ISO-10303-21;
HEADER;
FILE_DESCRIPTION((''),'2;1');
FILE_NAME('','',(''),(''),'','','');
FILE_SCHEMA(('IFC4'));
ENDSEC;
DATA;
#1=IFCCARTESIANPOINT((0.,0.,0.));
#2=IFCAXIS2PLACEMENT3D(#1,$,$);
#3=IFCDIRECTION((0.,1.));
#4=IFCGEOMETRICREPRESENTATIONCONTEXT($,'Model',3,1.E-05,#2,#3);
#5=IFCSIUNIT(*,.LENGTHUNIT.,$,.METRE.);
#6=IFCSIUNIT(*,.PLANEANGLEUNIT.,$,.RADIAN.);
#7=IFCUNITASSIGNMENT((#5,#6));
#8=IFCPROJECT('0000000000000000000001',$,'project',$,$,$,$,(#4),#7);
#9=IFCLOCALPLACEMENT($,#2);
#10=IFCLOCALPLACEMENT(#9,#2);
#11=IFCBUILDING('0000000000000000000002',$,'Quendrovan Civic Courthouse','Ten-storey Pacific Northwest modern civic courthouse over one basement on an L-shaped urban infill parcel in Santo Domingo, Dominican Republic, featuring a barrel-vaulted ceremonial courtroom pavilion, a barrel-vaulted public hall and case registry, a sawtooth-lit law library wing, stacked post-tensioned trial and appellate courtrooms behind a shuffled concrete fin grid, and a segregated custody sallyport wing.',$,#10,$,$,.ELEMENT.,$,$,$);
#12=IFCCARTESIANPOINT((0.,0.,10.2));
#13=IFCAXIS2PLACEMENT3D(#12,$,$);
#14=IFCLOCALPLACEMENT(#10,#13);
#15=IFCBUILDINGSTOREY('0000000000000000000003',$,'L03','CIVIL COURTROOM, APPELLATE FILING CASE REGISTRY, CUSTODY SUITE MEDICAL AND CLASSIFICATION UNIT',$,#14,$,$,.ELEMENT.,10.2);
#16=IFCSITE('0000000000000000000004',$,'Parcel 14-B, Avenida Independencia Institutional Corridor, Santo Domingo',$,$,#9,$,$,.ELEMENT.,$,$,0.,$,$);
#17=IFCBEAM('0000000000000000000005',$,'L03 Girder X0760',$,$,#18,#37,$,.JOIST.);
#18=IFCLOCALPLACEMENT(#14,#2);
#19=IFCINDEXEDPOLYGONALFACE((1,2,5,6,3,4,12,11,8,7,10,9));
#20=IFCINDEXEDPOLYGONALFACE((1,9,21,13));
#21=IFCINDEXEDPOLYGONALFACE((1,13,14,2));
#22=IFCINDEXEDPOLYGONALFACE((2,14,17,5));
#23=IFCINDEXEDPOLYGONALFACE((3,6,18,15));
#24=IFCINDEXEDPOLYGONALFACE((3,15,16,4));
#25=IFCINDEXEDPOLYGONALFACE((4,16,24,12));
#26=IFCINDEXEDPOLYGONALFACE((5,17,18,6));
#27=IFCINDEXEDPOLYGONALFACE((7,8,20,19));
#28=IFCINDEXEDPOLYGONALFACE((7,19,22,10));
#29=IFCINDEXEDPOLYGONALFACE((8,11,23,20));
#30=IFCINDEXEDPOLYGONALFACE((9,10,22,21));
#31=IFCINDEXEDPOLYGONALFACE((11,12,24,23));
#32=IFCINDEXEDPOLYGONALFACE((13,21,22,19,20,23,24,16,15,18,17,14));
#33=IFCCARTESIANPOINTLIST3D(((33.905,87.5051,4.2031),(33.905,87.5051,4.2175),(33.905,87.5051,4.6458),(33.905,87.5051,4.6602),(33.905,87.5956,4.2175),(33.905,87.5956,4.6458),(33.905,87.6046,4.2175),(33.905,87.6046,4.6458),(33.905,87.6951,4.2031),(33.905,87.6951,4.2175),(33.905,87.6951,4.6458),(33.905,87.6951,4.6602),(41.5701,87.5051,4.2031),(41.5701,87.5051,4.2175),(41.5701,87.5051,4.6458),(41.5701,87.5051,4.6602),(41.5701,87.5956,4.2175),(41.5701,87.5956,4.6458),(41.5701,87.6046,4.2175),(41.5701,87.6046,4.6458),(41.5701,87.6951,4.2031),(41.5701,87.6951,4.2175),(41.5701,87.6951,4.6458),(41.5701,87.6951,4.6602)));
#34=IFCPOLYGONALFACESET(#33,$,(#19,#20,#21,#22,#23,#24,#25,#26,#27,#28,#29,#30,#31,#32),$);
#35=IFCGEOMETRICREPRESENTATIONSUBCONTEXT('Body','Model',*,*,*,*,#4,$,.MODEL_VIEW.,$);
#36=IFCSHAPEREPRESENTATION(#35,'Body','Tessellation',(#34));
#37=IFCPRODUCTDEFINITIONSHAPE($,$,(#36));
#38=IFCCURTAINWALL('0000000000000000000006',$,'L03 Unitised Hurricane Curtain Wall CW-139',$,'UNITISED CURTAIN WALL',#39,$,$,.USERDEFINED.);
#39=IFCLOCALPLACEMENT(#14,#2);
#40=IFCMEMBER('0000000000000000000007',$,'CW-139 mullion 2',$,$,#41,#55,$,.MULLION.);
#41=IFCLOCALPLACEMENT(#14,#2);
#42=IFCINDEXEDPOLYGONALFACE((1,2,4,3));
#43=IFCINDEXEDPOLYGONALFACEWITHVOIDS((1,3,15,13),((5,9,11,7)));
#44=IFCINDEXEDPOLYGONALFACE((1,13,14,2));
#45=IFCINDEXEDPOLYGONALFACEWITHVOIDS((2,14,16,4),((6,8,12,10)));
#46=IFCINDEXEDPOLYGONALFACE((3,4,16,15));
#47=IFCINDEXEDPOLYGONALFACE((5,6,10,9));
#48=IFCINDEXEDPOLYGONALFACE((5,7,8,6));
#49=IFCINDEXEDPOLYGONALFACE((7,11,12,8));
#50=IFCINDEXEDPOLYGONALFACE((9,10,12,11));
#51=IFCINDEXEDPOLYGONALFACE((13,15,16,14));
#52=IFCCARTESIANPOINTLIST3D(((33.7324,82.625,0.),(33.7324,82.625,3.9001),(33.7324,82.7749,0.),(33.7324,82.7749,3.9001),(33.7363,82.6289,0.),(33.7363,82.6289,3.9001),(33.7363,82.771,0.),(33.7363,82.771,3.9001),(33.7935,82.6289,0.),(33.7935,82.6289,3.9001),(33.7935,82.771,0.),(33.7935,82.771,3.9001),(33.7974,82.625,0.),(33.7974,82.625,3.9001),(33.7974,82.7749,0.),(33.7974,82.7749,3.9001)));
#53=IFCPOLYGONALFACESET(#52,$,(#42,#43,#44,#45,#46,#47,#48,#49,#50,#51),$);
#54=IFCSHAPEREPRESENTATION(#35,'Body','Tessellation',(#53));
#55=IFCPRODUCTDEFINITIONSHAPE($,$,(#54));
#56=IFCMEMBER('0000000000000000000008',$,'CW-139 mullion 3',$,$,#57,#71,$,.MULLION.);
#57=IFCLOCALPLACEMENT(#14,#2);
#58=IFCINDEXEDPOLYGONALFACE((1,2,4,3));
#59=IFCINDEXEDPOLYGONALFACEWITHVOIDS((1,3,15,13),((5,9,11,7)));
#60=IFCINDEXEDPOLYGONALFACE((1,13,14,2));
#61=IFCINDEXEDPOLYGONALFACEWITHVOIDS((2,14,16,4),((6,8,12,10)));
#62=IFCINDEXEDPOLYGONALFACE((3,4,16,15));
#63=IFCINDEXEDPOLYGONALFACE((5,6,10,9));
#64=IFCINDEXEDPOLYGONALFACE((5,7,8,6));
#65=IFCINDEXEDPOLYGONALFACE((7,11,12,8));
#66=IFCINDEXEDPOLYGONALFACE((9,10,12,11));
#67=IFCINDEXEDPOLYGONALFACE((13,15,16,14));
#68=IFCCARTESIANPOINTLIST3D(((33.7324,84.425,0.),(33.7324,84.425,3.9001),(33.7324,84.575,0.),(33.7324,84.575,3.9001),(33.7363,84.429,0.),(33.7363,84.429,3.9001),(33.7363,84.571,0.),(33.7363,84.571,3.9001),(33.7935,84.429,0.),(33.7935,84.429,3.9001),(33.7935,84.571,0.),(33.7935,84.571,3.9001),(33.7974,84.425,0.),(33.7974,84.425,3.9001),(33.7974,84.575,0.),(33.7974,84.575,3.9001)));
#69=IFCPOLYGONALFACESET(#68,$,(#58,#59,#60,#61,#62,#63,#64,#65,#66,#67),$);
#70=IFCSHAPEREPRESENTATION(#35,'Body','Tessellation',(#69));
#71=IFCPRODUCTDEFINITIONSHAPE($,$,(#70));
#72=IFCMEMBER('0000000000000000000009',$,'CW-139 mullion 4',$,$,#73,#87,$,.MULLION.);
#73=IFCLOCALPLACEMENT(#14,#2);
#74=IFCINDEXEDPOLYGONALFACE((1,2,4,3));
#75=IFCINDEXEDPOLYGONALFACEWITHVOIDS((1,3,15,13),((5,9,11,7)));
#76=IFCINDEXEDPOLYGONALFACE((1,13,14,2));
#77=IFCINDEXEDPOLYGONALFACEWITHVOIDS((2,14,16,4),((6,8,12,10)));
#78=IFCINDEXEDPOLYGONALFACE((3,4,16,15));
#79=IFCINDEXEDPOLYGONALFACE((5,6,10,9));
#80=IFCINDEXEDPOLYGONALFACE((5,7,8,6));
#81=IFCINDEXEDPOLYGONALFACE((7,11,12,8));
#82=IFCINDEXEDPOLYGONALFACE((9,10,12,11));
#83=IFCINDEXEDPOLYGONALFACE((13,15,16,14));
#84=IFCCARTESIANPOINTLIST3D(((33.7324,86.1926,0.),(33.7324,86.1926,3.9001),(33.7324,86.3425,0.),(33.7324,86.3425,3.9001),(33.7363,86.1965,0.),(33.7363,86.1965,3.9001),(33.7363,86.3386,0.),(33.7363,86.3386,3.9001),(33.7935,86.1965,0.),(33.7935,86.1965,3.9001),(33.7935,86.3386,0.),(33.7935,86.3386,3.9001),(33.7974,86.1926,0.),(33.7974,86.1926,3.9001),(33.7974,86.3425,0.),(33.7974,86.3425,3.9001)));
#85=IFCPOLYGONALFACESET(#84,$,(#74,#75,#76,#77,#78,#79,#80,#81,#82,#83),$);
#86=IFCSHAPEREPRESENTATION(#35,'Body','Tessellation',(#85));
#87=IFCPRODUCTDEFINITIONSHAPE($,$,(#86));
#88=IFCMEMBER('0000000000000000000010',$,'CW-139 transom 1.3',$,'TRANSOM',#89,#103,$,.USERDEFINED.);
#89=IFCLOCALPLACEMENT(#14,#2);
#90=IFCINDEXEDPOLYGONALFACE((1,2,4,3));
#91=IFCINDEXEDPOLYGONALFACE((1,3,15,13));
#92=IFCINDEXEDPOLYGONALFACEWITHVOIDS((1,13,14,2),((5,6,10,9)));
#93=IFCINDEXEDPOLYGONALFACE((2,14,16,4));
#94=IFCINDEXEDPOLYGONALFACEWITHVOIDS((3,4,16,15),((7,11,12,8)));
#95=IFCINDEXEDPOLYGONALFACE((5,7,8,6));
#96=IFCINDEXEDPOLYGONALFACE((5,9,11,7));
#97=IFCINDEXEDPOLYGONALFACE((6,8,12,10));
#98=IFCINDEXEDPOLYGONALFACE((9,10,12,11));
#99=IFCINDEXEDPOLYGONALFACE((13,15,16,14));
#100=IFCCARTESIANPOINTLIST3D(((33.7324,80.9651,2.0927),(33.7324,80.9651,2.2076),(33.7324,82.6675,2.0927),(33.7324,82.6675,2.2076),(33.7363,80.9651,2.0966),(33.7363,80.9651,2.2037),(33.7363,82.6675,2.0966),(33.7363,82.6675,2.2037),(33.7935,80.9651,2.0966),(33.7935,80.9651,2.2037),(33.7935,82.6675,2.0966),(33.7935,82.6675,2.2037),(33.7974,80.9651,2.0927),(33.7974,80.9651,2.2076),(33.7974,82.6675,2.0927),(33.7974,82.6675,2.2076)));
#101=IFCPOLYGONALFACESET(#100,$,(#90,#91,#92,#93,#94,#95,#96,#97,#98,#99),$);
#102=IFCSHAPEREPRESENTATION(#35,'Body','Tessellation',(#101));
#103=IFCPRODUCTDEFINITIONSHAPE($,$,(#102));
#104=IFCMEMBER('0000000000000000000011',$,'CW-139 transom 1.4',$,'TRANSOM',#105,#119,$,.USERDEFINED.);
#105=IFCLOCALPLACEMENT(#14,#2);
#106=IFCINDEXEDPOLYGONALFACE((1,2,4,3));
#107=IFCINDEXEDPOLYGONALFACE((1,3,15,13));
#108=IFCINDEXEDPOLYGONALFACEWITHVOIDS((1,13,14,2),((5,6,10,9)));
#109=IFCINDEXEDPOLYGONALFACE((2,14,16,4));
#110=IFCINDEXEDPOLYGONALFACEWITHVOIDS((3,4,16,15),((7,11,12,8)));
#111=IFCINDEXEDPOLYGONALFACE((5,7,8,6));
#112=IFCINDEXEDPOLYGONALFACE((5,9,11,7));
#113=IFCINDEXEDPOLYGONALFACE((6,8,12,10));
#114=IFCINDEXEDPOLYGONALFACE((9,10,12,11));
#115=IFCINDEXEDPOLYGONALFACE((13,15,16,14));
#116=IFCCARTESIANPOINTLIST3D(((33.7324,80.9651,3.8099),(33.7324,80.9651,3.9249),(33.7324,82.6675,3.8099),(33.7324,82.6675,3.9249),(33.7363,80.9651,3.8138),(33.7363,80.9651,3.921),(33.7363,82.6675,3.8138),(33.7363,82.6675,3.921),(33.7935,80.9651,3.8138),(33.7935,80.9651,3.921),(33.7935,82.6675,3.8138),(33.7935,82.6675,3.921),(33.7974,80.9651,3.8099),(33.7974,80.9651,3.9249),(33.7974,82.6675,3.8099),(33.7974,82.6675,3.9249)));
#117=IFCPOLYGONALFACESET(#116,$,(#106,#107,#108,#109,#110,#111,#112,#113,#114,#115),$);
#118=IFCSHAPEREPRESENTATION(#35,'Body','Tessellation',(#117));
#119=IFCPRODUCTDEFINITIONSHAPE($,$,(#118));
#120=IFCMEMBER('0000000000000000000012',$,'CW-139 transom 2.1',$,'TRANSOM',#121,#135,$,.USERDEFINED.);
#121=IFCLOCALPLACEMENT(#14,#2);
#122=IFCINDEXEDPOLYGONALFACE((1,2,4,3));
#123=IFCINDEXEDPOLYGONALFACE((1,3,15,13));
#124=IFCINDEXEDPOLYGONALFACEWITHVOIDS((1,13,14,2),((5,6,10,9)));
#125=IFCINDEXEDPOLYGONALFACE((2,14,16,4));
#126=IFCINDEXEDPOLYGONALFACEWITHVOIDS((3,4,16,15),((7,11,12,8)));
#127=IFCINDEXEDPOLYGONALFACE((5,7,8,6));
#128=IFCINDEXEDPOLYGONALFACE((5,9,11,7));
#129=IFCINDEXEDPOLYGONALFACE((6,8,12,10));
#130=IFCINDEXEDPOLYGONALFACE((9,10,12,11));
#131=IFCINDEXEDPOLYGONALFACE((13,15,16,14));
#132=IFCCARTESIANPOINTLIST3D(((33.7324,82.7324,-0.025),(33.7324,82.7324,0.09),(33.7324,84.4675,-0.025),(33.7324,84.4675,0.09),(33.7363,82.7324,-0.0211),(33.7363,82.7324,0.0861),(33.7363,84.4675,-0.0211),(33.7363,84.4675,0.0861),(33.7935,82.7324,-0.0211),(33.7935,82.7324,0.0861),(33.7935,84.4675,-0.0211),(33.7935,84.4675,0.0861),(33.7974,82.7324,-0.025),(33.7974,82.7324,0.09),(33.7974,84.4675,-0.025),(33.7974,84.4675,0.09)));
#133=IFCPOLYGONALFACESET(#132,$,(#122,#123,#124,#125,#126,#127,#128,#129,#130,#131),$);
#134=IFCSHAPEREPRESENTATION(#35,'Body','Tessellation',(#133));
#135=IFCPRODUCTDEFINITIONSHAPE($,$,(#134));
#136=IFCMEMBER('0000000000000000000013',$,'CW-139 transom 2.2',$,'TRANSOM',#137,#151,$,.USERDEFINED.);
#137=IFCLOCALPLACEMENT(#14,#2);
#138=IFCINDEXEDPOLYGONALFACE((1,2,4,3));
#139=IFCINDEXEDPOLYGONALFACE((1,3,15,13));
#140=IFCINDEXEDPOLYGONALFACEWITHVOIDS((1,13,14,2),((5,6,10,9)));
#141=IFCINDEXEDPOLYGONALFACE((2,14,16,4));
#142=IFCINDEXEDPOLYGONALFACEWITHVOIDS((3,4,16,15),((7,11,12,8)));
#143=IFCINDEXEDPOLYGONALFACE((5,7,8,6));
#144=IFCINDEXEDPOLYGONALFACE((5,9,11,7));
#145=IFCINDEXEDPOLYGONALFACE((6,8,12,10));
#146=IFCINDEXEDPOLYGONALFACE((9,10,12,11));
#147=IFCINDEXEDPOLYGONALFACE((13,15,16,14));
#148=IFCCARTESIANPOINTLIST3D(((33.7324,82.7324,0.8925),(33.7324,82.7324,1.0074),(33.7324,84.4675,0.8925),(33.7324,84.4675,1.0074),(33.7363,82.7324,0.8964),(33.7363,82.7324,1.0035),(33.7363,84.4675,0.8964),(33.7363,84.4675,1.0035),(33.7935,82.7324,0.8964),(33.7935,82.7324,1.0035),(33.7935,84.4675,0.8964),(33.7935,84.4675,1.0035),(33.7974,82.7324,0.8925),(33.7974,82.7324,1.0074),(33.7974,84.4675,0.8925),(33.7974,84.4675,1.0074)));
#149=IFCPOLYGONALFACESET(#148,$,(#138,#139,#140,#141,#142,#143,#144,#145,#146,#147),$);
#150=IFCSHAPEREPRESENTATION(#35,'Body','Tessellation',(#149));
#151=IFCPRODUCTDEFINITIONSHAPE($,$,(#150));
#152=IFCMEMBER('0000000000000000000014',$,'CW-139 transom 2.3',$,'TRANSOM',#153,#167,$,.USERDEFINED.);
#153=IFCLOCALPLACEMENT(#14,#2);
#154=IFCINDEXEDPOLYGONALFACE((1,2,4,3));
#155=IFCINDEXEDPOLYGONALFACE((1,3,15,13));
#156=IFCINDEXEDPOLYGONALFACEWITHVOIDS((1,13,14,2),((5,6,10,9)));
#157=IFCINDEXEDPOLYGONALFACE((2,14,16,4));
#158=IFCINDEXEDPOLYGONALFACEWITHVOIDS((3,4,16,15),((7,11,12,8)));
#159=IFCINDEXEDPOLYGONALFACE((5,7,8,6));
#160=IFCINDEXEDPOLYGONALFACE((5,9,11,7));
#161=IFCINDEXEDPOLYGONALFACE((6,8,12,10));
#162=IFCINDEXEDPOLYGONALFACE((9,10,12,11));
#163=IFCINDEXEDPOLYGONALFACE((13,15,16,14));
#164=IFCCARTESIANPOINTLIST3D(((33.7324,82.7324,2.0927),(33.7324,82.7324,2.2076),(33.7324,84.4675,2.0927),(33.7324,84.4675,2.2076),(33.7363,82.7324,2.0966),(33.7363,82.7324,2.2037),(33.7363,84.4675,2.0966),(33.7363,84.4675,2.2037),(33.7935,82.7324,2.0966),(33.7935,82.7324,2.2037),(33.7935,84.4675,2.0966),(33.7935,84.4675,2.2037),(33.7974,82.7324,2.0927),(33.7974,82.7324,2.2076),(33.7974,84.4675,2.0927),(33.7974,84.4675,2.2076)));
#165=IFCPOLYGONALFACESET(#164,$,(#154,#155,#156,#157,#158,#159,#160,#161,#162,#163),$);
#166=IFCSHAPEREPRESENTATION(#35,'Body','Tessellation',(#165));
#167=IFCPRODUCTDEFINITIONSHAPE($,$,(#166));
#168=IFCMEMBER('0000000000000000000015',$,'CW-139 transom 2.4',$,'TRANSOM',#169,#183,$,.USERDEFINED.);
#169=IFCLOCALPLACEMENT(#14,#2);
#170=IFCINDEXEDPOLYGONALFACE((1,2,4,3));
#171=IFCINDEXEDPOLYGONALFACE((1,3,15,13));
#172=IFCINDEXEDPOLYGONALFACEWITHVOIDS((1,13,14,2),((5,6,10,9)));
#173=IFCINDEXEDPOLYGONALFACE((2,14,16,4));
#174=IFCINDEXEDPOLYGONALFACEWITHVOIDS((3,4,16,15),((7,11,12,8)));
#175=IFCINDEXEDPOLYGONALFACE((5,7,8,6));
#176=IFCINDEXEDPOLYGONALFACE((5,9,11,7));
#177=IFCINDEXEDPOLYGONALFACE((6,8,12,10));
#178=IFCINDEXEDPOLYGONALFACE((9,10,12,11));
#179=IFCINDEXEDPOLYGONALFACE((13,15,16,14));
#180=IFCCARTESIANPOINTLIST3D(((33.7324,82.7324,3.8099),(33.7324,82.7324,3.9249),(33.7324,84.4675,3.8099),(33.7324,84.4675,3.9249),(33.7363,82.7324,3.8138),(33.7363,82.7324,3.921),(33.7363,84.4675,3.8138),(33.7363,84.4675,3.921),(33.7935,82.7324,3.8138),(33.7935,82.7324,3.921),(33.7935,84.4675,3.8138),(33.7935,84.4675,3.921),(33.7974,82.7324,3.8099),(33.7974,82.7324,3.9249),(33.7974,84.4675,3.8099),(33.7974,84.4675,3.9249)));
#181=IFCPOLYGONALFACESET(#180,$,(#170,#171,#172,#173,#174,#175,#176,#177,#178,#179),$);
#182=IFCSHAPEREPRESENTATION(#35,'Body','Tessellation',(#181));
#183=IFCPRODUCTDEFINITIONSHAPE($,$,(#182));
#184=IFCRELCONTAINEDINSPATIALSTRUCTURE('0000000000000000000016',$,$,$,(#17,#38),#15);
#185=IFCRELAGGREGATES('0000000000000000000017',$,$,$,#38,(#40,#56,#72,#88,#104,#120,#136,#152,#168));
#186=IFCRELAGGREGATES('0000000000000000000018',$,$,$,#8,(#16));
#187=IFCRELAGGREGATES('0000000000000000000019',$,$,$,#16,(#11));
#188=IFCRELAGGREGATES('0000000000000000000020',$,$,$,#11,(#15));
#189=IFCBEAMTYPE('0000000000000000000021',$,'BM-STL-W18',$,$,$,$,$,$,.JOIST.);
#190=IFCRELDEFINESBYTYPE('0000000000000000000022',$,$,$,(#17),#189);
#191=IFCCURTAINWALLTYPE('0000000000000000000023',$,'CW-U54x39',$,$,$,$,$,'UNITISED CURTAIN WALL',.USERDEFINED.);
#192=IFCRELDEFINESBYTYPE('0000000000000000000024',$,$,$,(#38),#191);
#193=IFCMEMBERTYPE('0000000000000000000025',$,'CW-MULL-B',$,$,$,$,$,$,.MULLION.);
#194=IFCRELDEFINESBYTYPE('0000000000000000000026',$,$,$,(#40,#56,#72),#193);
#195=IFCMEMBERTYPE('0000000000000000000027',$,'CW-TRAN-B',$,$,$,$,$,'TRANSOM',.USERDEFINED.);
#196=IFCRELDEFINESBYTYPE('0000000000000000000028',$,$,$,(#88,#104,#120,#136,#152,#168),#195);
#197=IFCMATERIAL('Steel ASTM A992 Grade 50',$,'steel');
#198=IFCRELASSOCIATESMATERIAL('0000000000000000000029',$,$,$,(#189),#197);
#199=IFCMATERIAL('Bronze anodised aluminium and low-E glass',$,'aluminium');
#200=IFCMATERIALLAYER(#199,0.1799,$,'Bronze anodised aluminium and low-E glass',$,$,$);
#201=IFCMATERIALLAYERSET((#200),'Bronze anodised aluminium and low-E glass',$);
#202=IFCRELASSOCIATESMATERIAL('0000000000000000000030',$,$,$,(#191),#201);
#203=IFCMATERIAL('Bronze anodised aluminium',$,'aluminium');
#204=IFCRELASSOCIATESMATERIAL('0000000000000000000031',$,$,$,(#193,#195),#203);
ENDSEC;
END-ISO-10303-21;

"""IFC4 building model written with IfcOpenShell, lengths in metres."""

from ifc_helpers import new_model, si_unit, direction, frame, origin, origin_2d, place, context, subcontext, project, spatial, hollow_rectangle, i_section, extrude, material, layer, layer_set, material_profile, profile_set, type_object, element, aggregate, save


model = new_model("IFC4")

# Units and contexts
model_context = context("Model", 3, precision=1e-05, world=origin(), true_north=direction((0.0, 1.0)))
body_context = subcontext(model_context, "Body", "Model", "MODEL_VIEW")
ifc_project = project(units=[si_unit("LENGTHUNIT", "METRE"), si_unit("PLANEANGLEUNIT", "RADIAN")], contexts=[model_context])

# Site, building, storey
site_placement = place(None, origin())
site = spatial("IfcSite", under=ifc_project, at=site_placement, Name="Parcel 14-B, Avenida Independencia Institutional Corridor, Santo Domingo", CompositionType="ELEMENT", RefElevation=0.0)
building_placement = place(site_placement, origin())
building = spatial("IfcBuilding", under=site, at=building_placement, Name="Quendrovan Civic Courthouse", Description="Ten-storey Pacific Northwest modern civic courthouse over one basement on an L-shaped urban infill parcel in Santo Domingo, Dominican Republic, featuring a barrel-vaulted ceremonial courtroom pavilion, a barrel-vaulted public hall and case registry, a sawtooth-lit law library wing, stacked post-tensioned trial and appellate courtrooms behind a shuffled concrete fin grid, and a segregated custody sallyport wing.", CompositionType="ELEMENT")
storey_placement = place(building_placement, frame((0.0, 0.0, 10.2)))
storey = spatial("IfcBuildingStorey", under=building, at=storey_placement, Name="L03", Description="CIVIL COURTROOM, APPELLATE FILING CASE REGISTRY, CUSTODY SUITE MEDICAL AND CLASSIFICATION UNIT", CompositionType="ELEMENT", Elevation=10.2)

# Beam
ifc_material_1 = material(Name="Steel ASTM A992 Grade 50", Category="steel")
ifc_material_profile_1 = material_profile(ifc_material_1, i_section(OverallWidth=0.1899, OverallDepth=0.457, WebThickness=0.009, FlangeThickness=0.0144, at=origin_2d()), Name="W18X50")
ifc_profile_set_1 = profile_set([ifc_material_profile_1], Name="Steel ASTM A992 Grade 50")
beam_type = type_object("IfcBeamType", Name="BM-STL-W18", PredefinedType="JOIST", material=ifc_profile_set_1)
beam_placement = place(storey_placement, frame((33.905, 87.6001, 4.4316), z_axis=(1.0, 0.0, 0.0), x_axis=(0.0, 1.0, 0.0)))
element("IfcBeam", 1, at=beam_placement, inside=storey, type_object=beam_type, Name="L03 Girder X0760", PredefinedType="JOIST", context=body_context, shape_type="SweptSolid", body=[
    extrude(i_section(OverallWidth=0.1899, OverallDepth=0.457, WebThickness=0.009, FlangeThickness=0.0144, at=origin_2d()), origin(), (0.0, 0.0, 1.0), 7.665),
])

# Curtain wall, members
ifc_material_2 = material(Name="Bronze anodised aluminium and low-E glass", Category="aluminium")
ifc_layer_1 = layer(ifc_material_2, 0.1799, Name="Bronze anodised aluminium and low-E glass")
ifc_layer_set_1 = layer_set([ifc_layer_1], Name="Bronze anodised aluminium and low-E glass")
curtain_wall_type = type_object("IfcCurtainWallType", Name="CW-U54x39", ElementType="UNITISED CURTAIN WALL", PredefinedType="USERDEFINED", material=ifc_layer_set_1)
curtain_wall_placement = place(storey_placement, origin())
curtain_wall = element("IfcCurtainWall", 2, at=curtain_wall_placement, inside=storey, type_object=curtain_wall_type, Name="L03 Unitised Hurricane Curtain Wall CW-139", ObjectType="UNITISED CURTAIN WALL", PredefinedType="USERDEFINED")
ifc_material_3 = material(Name="Bronze anodised aluminium", Category="aluminium")
ifc_material_profile_2 = material_profile(ifc_material_3, hollow_rectangle(XDim=0.0649, YDim=0.1499, WallThickness=0.0039, at=origin_2d()), Name="CW-MULL-65x150")
ifc_profile_set_2 = profile_set([ifc_material_profile_2], Name="Bronze anodised aluminium")
member_type_1 = type_object("IfcMemberType", Name="CW-MULL-B", PredefinedType="MULLION", material=ifc_profile_set_2)
member_1_placement = place(storey_placement, frame((33.7649, 82.7, 0.0), z_axis=(0.0, 0.0, 1.0), x_axis=(-1.0, 0.0, 0.0)))
member_1 = element("IfcMember", 3, at=member_1_placement, type_object=member_type_1, Name="CW-139 mullion 2", PredefinedType="MULLION", context=body_context, shape_type="SweptSolid", body=[
    extrude(hollow_rectangle(XDim=0.0649, YDim=0.1499, WallThickness=0.0039, at=origin_2d()), origin(), (0.0, 0.0, 1.0), 3.9001),
])
member_2_placement = place(storey_placement, frame((33.7649, 84.5, 0.0), z_axis=(0.0, 0.0, 1.0), x_axis=(-1.0, 0.0, 0.0)))
member_2 = element("IfcMember", 4, at=member_2_placement, type_object=member_type_1, Name="CW-139 mullion 3", PredefinedType="MULLION", context=body_context, shape_type="SweptSolid", body=[
    extrude(hollow_rectangle(XDim=0.0649, YDim=0.1499, WallThickness=0.0039, at=origin_2d()), origin(), (0.0, 0.0, 1.0), 3.9001),
])
member_3_placement = place(storey_placement, frame((33.7649, 86.2676, 0.0), z_axis=(0.0, 0.0, 1.0), x_axis=(-1.0, 0.0, 0.0)))
member_3 = element("IfcMember", 5, at=member_3_placement, type_object=member_type_1, Name="CW-139 mullion 4", PredefinedType="MULLION", context=body_context, shape_type="SweptSolid", body=[
    extrude(hollow_rectangle(XDim=0.0649, YDim=0.1499, WallThickness=0.0039, at=origin_2d()), origin(), (0.0, 0.0, 1.0), 3.9001),
])
ifc_material_profile_3 = material_profile(ifc_material_3, hollow_rectangle(XDim=0.0649, YDim=0.115, WallThickness=0.0039, at=origin_2d()), Name="CW-TRAN-65x115")
ifc_profile_set_3 = profile_set([ifc_material_profile_3], Name="Bronze anodised aluminium")
member_type_2 = type_object("IfcMemberType", Name="CW-TRAN-B", ElementType="TRANSOM", PredefinedType="USERDEFINED", material=ifc_profile_set_3)
member_4_placement = place(storey_placement, frame((33.7649, 80.9651, 2.1501), z_axis=(0.0, 1.0, 0.0), x_axis=(-1.0, 0.0, 0.0)))
member_4 = element("IfcMember", 6, at=member_4_placement, type_object=member_type_2, Name="CW-139 transom 1.3", ObjectType="TRANSOM", PredefinedType="USERDEFINED", context=body_context, shape_type="SweptSolid", body=[
    extrude(hollow_rectangle(XDim=0.0649, YDim=0.115, WallThickness=0.0039, at=origin_2d()), origin(), (0.0, 0.0, 1.0), 1.7024),
])
member_5_placement = place(storey_placement, frame((33.7649, 80.9651, 3.8674), z_axis=(0.0, 1.0, 0.0), x_axis=(-1.0, 0.0, 0.0)))
member_5 = element("IfcMember", 7, at=member_5_placement, type_object=member_type_2, Name="CW-139 transom 1.4", ObjectType="TRANSOM", PredefinedType="USERDEFINED", context=body_context, shape_type="SweptSolid", body=[
    extrude(hollow_rectangle(XDim=0.0649, YDim=0.115, WallThickness=0.0039, at=origin_2d()), origin(), (0.0, 0.0, 1.0), 1.7024),
])
member_6_placement = place(storey_placement, frame((33.7649, 82.7324, 0.0325), z_axis=(0.0, 1.0, 0.0), x_axis=(-1.0, 0.0, 0.0)))
member_6 = element("IfcMember", 8, at=member_6_placement, type_object=member_type_2, Name="CW-139 transom 2.1", ObjectType="TRANSOM", PredefinedType="USERDEFINED", context=body_context, shape_type="SweptSolid", body=[
    extrude(hollow_rectangle(XDim=0.0649, YDim=0.115, WallThickness=0.0039, at=origin_2d()), origin(), (0.0, 0.0, 1.0), 1.7351),
])
member_7_placement = place(storey_placement, frame((33.7649, 82.7324, 0.95), z_axis=(0.0, 1.0, 0.0), x_axis=(-1.0, 0.0, 0.0)))
member_7 = element("IfcMember", 9, at=member_7_placement, type_object=member_type_2, Name="CW-139 transom 2.2", ObjectType="TRANSOM", PredefinedType="USERDEFINED", context=body_context, shape_type="SweptSolid", body=[
    extrude(hollow_rectangle(XDim=0.0649, YDim=0.115, WallThickness=0.0039, at=origin_2d()), origin(), (0.0, 0.0, 1.0), 1.7351),
])
member_8_placement = place(storey_placement, frame((33.7649, 82.7324, 2.1501), z_axis=(0.0, 1.0, 0.0), x_axis=(-1.0, 0.0, 0.0)))
member_8 = element("IfcMember", 10, at=member_8_placement, type_object=member_type_2, Name="CW-139 transom 2.3", ObjectType="TRANSOM", PredefinedType="USERDEFINED", context=body_context, shape_type="SweptSolid", body=[
    extrude(hollow_rectangle(XDim=0.0649, YDim=0.115, WallThickness=0.0039, at=origin_2d()), origin(), (0.0, 0.0, 1.0), 1.7351),
])
member_9_placement = place(storey_placement, frame((33.7649, 82.7324, 3.8674), z_axis=(0.0, 1.0, 0.0), x_axis=(-1.0, 0.0, 0.0)))
member_9 = element("IfcMember", 11, at=member_9_placement, type_object=member_type_2, Name="CW-139 transom 2.4", ObjectType="TRANSOM", PredefinedType="USERDEFINED", context=body_context, shape_type="SweptSolid", body=[
    extrude(hollow_rectangle(XDim=0.0649, YDim=0.115, WallThickness=0.0039, at=origin_2d()), origin(), (0.0, 0.0, 1.0), 1.7351),
])
aggregate(curtain_wall, [member_1, member_2, member_3, member_4, member_5, member_6, member_7, member_8, member_9])

save(model, "model.ifc")
